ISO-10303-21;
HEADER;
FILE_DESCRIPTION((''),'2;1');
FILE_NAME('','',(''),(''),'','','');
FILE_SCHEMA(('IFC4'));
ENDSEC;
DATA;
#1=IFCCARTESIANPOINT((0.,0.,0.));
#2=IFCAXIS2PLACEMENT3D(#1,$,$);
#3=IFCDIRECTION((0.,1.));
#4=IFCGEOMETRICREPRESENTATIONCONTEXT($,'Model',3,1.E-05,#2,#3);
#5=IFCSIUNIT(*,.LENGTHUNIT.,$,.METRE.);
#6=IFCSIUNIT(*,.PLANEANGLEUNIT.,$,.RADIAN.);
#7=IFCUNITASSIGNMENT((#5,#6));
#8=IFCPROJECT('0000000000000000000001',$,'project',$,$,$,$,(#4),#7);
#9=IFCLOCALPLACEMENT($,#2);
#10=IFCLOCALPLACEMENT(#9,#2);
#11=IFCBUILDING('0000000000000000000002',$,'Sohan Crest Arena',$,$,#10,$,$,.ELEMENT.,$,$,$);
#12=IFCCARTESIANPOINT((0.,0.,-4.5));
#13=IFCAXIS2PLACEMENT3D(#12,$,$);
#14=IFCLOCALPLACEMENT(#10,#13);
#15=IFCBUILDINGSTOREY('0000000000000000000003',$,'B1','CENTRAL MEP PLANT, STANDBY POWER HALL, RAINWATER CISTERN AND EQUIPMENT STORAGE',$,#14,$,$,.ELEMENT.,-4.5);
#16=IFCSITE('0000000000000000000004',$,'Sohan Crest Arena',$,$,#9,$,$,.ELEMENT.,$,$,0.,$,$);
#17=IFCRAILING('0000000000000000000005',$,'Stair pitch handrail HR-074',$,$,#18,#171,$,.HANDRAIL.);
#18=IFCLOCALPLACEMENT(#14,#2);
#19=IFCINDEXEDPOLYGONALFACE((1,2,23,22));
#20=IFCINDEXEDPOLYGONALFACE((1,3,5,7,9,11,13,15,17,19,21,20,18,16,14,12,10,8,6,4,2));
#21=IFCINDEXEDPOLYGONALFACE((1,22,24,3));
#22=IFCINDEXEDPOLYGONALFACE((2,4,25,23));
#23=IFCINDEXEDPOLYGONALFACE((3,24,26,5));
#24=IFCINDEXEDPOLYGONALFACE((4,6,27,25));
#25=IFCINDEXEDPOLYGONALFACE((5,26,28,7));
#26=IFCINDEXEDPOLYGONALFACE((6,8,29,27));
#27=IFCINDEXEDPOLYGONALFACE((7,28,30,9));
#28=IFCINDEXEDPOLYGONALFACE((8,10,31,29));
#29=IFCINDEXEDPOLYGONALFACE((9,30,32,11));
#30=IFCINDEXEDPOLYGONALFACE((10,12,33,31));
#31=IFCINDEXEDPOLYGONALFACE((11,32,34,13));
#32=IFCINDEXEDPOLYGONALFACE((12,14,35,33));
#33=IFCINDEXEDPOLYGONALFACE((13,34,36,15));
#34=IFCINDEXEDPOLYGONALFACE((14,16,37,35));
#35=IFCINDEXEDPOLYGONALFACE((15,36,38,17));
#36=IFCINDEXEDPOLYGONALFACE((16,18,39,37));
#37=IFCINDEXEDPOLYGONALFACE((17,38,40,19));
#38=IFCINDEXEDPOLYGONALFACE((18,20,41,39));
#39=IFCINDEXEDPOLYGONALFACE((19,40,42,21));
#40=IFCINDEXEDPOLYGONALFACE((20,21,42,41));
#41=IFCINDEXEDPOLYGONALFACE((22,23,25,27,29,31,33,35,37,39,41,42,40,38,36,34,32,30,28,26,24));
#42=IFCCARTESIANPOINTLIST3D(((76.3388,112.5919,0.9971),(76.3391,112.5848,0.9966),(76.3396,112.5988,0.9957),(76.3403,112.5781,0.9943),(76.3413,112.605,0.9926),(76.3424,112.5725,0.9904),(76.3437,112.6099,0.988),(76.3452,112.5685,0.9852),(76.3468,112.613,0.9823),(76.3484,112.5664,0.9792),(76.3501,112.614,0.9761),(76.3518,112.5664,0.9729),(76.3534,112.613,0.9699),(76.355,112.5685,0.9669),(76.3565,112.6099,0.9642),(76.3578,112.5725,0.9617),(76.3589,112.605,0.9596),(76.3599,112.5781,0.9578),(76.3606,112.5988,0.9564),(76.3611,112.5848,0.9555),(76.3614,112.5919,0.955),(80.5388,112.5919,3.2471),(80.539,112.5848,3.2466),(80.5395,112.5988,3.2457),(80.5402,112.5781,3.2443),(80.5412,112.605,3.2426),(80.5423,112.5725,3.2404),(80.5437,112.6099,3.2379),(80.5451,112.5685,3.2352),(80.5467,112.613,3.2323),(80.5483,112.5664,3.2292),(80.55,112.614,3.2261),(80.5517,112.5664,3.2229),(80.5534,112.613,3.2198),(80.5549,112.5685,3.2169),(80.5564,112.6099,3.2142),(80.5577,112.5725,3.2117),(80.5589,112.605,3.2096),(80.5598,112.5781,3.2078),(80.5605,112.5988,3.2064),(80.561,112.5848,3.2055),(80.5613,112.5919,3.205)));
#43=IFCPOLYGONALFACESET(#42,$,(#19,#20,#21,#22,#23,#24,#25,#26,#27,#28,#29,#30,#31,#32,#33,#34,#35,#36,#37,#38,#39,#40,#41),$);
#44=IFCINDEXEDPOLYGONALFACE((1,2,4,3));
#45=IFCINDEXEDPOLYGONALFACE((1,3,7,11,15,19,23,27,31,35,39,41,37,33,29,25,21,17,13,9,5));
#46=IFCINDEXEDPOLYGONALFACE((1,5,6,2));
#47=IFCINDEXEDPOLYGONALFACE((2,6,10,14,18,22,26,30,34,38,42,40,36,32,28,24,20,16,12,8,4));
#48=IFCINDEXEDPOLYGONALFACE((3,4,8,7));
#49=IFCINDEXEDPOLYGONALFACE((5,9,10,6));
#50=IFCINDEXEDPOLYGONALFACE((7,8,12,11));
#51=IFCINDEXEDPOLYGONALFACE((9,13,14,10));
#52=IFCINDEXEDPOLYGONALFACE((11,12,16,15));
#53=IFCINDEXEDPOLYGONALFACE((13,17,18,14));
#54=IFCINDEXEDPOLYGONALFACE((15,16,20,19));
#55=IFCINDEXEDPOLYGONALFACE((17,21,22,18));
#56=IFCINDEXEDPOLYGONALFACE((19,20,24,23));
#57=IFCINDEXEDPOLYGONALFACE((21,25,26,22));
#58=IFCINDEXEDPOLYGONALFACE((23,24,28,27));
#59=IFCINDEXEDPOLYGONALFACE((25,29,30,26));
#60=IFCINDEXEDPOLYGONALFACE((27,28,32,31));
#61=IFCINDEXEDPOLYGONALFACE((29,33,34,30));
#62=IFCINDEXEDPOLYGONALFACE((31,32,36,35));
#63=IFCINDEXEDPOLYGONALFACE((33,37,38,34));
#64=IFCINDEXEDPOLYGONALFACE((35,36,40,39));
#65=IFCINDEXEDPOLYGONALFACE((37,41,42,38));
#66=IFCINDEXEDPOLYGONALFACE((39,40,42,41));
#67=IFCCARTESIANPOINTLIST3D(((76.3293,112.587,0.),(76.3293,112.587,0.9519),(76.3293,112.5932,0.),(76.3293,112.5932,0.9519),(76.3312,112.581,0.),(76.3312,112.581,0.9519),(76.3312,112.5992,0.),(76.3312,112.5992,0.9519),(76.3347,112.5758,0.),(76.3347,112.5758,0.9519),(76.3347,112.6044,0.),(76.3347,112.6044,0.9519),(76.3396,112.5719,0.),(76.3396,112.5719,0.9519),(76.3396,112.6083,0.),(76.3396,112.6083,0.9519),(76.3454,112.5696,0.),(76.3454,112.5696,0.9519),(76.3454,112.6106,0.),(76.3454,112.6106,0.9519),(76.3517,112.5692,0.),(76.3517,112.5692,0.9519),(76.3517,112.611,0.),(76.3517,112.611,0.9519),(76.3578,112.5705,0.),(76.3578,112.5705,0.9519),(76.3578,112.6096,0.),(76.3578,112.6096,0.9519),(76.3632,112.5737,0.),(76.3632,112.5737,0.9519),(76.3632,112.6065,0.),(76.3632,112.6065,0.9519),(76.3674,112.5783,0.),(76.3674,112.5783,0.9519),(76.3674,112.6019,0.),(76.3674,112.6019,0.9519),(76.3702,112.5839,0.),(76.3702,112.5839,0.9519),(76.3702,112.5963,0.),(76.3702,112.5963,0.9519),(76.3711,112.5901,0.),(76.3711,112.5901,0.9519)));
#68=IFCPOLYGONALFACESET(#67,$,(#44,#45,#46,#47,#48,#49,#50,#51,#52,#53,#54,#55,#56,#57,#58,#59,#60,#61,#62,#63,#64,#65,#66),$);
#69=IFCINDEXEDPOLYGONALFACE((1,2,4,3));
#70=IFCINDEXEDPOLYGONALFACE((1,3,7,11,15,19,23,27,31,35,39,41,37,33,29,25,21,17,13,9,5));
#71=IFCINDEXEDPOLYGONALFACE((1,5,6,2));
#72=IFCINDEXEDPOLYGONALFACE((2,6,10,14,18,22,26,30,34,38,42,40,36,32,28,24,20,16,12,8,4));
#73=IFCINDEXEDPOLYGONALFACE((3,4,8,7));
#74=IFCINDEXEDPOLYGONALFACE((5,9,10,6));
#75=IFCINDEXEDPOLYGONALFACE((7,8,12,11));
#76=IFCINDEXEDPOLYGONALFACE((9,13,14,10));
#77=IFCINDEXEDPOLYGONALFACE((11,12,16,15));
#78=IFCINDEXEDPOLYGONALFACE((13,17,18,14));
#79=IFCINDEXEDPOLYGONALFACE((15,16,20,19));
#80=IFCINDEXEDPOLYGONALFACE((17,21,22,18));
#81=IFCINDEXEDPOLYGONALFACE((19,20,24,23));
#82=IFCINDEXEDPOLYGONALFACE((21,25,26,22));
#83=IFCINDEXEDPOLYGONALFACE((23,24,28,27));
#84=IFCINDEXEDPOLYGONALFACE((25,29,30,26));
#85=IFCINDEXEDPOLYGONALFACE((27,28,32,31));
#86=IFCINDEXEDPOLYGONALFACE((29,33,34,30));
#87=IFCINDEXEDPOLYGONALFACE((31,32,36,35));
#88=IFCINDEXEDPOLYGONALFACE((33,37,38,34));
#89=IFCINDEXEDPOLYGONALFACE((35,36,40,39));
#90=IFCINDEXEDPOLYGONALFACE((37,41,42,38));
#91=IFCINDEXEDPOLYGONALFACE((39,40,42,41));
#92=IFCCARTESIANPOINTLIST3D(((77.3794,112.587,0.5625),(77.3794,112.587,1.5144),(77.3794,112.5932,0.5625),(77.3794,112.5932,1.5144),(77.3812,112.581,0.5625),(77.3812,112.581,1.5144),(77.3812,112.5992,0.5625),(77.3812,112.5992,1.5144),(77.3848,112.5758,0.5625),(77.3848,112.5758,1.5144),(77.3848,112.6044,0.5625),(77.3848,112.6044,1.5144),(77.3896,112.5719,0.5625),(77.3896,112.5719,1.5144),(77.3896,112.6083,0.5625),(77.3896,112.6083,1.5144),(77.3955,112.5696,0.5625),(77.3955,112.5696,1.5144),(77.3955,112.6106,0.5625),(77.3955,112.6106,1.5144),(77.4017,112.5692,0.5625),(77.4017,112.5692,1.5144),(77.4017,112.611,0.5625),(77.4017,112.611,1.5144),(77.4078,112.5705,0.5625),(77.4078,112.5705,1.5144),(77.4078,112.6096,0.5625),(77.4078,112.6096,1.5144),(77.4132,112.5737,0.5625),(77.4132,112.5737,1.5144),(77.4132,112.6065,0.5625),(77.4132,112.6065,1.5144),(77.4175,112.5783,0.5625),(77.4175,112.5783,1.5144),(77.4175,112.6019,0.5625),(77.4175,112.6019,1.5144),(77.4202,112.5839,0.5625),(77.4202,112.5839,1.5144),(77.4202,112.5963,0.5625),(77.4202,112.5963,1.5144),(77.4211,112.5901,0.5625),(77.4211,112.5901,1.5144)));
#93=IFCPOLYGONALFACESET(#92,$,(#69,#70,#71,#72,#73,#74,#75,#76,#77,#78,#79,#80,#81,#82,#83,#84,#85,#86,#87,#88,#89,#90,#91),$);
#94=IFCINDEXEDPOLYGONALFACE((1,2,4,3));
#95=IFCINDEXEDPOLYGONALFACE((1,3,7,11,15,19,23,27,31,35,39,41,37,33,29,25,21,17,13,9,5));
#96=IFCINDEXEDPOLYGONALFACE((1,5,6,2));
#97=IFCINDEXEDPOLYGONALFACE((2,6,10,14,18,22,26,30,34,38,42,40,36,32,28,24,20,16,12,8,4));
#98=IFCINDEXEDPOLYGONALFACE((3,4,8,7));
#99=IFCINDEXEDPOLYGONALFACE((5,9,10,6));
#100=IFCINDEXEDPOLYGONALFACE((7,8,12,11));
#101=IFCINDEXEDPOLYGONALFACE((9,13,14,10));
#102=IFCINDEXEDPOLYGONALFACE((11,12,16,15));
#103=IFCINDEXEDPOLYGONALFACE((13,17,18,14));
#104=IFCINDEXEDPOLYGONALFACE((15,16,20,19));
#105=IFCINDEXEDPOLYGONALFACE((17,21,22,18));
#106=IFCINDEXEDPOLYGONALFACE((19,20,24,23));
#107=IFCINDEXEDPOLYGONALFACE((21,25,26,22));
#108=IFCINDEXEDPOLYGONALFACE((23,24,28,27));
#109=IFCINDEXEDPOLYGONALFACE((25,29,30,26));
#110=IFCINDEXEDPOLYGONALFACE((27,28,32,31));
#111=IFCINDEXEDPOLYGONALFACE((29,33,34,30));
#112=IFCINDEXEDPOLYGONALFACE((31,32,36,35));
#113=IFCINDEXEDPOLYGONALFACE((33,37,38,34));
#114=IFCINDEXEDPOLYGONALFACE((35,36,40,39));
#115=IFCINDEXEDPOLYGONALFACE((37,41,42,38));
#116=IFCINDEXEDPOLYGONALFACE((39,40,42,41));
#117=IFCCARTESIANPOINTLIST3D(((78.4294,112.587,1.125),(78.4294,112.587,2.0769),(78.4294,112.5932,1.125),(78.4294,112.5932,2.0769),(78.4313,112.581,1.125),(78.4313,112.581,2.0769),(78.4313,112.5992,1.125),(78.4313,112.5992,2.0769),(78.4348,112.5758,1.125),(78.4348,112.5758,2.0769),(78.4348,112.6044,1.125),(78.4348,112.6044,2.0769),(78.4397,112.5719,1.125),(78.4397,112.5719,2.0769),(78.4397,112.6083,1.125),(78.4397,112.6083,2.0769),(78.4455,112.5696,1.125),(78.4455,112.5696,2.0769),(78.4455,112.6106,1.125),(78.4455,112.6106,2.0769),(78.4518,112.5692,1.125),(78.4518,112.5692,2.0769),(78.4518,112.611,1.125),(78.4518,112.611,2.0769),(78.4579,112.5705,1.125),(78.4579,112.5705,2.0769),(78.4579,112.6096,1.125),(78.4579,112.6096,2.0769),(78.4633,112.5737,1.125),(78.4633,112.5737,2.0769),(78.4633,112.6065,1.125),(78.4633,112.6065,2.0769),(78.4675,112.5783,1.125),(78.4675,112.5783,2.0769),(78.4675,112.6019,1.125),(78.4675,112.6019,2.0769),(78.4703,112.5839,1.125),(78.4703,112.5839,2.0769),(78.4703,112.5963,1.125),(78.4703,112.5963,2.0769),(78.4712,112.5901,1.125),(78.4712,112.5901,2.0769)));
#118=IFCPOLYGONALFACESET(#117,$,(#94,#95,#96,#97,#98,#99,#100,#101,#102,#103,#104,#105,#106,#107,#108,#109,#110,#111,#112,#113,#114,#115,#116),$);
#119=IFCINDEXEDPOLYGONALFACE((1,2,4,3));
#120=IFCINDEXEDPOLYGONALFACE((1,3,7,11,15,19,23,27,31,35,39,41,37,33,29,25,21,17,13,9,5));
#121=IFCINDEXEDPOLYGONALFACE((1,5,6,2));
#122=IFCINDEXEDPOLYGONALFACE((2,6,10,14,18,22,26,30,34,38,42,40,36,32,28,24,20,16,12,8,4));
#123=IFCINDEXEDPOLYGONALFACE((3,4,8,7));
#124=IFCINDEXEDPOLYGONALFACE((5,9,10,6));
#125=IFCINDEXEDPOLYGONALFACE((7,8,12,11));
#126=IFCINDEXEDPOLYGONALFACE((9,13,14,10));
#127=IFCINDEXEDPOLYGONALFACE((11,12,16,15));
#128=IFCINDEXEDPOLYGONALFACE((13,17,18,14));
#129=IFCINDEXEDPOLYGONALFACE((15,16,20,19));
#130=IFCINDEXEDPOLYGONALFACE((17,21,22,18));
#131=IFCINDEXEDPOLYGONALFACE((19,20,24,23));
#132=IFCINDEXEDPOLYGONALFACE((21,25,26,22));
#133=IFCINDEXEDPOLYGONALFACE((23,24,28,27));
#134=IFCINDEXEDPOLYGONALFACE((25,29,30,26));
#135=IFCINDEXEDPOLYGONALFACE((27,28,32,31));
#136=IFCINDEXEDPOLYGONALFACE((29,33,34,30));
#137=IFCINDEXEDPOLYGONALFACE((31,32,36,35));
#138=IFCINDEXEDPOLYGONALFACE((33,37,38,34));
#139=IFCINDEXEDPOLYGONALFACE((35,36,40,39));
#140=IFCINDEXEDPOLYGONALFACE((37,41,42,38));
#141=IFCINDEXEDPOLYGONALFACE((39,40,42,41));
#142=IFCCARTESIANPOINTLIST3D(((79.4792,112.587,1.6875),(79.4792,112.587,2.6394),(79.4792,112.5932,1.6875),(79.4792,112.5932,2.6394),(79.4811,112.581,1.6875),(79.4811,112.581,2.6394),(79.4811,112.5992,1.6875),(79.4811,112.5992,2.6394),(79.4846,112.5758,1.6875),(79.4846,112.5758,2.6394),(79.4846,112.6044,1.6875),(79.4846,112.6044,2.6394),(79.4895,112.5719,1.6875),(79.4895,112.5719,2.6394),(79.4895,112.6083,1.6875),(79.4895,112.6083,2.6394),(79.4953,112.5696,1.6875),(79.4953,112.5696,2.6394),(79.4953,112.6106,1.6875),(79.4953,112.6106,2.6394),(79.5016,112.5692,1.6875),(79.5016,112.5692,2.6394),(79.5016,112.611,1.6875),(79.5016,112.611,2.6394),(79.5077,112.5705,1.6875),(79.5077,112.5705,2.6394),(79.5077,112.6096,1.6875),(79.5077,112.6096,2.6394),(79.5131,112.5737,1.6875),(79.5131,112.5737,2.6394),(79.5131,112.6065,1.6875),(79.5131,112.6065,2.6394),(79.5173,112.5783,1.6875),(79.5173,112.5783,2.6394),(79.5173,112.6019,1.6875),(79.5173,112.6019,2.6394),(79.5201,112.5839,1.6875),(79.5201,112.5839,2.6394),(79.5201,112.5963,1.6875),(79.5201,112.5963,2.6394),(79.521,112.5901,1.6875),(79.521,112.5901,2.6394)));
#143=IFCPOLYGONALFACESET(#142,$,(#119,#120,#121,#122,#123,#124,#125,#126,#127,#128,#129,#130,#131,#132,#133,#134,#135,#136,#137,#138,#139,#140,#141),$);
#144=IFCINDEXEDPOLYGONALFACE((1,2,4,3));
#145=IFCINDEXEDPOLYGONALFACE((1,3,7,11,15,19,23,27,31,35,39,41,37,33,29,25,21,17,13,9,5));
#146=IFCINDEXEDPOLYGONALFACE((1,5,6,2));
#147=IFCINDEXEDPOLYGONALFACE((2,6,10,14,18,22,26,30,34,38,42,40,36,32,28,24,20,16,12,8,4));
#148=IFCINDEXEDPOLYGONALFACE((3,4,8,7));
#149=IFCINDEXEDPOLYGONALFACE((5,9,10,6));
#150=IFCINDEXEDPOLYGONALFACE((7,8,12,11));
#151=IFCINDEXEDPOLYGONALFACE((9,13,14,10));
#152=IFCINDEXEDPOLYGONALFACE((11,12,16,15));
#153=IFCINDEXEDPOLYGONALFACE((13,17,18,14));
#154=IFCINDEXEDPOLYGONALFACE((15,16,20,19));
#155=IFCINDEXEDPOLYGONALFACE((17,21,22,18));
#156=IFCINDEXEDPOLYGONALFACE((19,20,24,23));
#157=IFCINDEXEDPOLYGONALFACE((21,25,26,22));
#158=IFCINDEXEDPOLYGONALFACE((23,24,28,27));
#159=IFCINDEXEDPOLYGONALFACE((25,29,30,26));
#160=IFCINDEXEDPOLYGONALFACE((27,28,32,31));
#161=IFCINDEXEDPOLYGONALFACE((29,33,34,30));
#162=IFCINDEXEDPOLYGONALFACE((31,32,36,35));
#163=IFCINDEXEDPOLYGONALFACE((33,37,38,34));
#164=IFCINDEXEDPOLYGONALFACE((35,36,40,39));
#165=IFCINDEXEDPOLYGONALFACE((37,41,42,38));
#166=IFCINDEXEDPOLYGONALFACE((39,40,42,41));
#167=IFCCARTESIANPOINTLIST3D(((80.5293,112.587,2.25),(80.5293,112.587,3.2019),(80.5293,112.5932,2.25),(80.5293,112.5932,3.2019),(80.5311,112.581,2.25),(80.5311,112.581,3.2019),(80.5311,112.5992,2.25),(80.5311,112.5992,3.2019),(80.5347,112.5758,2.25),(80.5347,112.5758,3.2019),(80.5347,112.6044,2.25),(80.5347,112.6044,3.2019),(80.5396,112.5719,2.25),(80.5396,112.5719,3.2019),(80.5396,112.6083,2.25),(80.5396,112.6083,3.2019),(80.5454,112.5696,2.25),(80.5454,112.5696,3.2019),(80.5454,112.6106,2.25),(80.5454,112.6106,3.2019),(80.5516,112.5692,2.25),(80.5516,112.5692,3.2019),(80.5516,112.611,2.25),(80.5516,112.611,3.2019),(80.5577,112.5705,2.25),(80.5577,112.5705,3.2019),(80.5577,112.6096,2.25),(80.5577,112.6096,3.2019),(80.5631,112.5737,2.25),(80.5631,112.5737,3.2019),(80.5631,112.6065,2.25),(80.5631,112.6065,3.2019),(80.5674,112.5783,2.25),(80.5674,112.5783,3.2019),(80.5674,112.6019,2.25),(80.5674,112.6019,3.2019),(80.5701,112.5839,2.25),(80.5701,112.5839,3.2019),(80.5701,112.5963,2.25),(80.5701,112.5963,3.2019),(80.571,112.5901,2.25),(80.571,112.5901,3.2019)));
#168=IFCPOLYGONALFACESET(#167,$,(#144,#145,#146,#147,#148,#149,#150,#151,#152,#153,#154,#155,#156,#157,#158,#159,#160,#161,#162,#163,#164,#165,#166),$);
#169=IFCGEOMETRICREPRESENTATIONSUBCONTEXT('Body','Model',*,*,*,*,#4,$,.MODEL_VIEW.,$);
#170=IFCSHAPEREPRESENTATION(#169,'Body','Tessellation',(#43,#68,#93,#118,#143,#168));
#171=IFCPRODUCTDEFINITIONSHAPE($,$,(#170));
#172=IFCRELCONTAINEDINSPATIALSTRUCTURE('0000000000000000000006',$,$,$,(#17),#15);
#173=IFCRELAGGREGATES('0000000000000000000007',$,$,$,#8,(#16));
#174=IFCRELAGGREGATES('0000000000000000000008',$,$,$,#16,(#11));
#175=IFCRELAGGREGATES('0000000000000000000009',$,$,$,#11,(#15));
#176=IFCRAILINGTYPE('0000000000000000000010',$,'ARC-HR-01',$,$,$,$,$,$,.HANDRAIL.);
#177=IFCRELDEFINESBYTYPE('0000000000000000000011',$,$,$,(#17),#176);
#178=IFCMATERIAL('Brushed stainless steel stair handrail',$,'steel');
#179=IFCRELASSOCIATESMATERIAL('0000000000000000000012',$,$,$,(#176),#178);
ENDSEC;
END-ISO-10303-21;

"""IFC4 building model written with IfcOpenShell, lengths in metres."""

from ifc_helpers import new_model, si_unit, direction, frame, origin, origin_2d, place, context, subcontext, project, spatial, circle, extrude, material, type_object, element, save


model = new_model("IFC4")

# Units and contexts
model_context = context("Model", 3, precision=1e-05, world=origin(), true_north=direction((0.0, 1.0)))
body_context = subcontext(model_context, "Body", "Model", "MODEL_VIEW")
ifc_project = project(units=[si_unit("LENGTHUNIT", "METRE"), si_unit("PLANEANGLEUNIT", "RADIAN")], contexts=[model_context])

# Site, building, storey
site_placement = place(None, origin())
site = spatial("IfcSite", under=ifc_project, at=site_placement, Name="Sohan Crest Arena", CompositionType="ELEMENT", RefElevation=0.0)
building_placement = place(site_placement, origin())
building = spatial("IfcBuilding", under=site, at=building_placement, Name="Sohan Crest Arena", CompositionType="ELEMENT")
storey_placement = place(building_placement, frame((0.0, 0.0, -4.5)))
storey = spatial("IfcBuildingStorey", under=building, at=storey_placement, Name="B1", Description="CENTRAL MEP PLANT, STANDBY POWER HALL, RAINWATER CISTERN AND EQUIPMENT STORAGE", CompositionType="ELEMENT", Elevation=-4.5)

# Railing
ifc_material_1 = material(Name="Brushed stainless steel stair handrail", Category="steel")
railing_type_1 = type_object("IfcRailingType", Name="ARC-HR-01", PredefinedType="HANDRAIL", material=ifc_material_1)
for number, where, name in (
    (1, (76.3501, 112.5901, 0.0), "Stair pitch handrail HR-074"),
):
    element("IfcRailing", number, at=place(storey_placement, frame(where)), inside=storey, type_object=railing_type_1, Name=name, PredefinedType="HANDRAIL", context=body_context, shape_type="SweptSolid", body=[
        extrude(circle(Radius=0.0239, at=origin_2d()), frame((0.0, 0.0, 0.9761), z_axis=(0.881478, 0.0, 0.472226), x_axis=(0.0, 1.0, 0.0)), (0.0, 0.0, 1.0), 4.7646),
        extrude(circle(Radius=0.021, at=origin_2d()), origin(), (0.0, 0.0, 1.0), 0.9519),
        extrude(circle(Radius=0.021, at=origin_2d()), frame((1.05, 0.0, 0.5625)), (0.0, 0.0, 1.0), 0.9519),
        extrude(circle(Radius=0.021, at=origin_2d()), frame((2.1001, 0.0, 1.125)), (0.0, 0.0, 1.0), 0.9519),
        extrude(circle(Radius=0.021, at=origin_2d()), frame((3.1499, 0.0, 1.6875)), (0.0, 0.0, 1.0), 0.9519),
        extrude(circle(Radius=0.021, at=origin_2d()), frame((4.2, 0.0, 2.25)), (0.0, 0.0, 1.0), 0.9519),
    ])

save(model, "model.ifc")
